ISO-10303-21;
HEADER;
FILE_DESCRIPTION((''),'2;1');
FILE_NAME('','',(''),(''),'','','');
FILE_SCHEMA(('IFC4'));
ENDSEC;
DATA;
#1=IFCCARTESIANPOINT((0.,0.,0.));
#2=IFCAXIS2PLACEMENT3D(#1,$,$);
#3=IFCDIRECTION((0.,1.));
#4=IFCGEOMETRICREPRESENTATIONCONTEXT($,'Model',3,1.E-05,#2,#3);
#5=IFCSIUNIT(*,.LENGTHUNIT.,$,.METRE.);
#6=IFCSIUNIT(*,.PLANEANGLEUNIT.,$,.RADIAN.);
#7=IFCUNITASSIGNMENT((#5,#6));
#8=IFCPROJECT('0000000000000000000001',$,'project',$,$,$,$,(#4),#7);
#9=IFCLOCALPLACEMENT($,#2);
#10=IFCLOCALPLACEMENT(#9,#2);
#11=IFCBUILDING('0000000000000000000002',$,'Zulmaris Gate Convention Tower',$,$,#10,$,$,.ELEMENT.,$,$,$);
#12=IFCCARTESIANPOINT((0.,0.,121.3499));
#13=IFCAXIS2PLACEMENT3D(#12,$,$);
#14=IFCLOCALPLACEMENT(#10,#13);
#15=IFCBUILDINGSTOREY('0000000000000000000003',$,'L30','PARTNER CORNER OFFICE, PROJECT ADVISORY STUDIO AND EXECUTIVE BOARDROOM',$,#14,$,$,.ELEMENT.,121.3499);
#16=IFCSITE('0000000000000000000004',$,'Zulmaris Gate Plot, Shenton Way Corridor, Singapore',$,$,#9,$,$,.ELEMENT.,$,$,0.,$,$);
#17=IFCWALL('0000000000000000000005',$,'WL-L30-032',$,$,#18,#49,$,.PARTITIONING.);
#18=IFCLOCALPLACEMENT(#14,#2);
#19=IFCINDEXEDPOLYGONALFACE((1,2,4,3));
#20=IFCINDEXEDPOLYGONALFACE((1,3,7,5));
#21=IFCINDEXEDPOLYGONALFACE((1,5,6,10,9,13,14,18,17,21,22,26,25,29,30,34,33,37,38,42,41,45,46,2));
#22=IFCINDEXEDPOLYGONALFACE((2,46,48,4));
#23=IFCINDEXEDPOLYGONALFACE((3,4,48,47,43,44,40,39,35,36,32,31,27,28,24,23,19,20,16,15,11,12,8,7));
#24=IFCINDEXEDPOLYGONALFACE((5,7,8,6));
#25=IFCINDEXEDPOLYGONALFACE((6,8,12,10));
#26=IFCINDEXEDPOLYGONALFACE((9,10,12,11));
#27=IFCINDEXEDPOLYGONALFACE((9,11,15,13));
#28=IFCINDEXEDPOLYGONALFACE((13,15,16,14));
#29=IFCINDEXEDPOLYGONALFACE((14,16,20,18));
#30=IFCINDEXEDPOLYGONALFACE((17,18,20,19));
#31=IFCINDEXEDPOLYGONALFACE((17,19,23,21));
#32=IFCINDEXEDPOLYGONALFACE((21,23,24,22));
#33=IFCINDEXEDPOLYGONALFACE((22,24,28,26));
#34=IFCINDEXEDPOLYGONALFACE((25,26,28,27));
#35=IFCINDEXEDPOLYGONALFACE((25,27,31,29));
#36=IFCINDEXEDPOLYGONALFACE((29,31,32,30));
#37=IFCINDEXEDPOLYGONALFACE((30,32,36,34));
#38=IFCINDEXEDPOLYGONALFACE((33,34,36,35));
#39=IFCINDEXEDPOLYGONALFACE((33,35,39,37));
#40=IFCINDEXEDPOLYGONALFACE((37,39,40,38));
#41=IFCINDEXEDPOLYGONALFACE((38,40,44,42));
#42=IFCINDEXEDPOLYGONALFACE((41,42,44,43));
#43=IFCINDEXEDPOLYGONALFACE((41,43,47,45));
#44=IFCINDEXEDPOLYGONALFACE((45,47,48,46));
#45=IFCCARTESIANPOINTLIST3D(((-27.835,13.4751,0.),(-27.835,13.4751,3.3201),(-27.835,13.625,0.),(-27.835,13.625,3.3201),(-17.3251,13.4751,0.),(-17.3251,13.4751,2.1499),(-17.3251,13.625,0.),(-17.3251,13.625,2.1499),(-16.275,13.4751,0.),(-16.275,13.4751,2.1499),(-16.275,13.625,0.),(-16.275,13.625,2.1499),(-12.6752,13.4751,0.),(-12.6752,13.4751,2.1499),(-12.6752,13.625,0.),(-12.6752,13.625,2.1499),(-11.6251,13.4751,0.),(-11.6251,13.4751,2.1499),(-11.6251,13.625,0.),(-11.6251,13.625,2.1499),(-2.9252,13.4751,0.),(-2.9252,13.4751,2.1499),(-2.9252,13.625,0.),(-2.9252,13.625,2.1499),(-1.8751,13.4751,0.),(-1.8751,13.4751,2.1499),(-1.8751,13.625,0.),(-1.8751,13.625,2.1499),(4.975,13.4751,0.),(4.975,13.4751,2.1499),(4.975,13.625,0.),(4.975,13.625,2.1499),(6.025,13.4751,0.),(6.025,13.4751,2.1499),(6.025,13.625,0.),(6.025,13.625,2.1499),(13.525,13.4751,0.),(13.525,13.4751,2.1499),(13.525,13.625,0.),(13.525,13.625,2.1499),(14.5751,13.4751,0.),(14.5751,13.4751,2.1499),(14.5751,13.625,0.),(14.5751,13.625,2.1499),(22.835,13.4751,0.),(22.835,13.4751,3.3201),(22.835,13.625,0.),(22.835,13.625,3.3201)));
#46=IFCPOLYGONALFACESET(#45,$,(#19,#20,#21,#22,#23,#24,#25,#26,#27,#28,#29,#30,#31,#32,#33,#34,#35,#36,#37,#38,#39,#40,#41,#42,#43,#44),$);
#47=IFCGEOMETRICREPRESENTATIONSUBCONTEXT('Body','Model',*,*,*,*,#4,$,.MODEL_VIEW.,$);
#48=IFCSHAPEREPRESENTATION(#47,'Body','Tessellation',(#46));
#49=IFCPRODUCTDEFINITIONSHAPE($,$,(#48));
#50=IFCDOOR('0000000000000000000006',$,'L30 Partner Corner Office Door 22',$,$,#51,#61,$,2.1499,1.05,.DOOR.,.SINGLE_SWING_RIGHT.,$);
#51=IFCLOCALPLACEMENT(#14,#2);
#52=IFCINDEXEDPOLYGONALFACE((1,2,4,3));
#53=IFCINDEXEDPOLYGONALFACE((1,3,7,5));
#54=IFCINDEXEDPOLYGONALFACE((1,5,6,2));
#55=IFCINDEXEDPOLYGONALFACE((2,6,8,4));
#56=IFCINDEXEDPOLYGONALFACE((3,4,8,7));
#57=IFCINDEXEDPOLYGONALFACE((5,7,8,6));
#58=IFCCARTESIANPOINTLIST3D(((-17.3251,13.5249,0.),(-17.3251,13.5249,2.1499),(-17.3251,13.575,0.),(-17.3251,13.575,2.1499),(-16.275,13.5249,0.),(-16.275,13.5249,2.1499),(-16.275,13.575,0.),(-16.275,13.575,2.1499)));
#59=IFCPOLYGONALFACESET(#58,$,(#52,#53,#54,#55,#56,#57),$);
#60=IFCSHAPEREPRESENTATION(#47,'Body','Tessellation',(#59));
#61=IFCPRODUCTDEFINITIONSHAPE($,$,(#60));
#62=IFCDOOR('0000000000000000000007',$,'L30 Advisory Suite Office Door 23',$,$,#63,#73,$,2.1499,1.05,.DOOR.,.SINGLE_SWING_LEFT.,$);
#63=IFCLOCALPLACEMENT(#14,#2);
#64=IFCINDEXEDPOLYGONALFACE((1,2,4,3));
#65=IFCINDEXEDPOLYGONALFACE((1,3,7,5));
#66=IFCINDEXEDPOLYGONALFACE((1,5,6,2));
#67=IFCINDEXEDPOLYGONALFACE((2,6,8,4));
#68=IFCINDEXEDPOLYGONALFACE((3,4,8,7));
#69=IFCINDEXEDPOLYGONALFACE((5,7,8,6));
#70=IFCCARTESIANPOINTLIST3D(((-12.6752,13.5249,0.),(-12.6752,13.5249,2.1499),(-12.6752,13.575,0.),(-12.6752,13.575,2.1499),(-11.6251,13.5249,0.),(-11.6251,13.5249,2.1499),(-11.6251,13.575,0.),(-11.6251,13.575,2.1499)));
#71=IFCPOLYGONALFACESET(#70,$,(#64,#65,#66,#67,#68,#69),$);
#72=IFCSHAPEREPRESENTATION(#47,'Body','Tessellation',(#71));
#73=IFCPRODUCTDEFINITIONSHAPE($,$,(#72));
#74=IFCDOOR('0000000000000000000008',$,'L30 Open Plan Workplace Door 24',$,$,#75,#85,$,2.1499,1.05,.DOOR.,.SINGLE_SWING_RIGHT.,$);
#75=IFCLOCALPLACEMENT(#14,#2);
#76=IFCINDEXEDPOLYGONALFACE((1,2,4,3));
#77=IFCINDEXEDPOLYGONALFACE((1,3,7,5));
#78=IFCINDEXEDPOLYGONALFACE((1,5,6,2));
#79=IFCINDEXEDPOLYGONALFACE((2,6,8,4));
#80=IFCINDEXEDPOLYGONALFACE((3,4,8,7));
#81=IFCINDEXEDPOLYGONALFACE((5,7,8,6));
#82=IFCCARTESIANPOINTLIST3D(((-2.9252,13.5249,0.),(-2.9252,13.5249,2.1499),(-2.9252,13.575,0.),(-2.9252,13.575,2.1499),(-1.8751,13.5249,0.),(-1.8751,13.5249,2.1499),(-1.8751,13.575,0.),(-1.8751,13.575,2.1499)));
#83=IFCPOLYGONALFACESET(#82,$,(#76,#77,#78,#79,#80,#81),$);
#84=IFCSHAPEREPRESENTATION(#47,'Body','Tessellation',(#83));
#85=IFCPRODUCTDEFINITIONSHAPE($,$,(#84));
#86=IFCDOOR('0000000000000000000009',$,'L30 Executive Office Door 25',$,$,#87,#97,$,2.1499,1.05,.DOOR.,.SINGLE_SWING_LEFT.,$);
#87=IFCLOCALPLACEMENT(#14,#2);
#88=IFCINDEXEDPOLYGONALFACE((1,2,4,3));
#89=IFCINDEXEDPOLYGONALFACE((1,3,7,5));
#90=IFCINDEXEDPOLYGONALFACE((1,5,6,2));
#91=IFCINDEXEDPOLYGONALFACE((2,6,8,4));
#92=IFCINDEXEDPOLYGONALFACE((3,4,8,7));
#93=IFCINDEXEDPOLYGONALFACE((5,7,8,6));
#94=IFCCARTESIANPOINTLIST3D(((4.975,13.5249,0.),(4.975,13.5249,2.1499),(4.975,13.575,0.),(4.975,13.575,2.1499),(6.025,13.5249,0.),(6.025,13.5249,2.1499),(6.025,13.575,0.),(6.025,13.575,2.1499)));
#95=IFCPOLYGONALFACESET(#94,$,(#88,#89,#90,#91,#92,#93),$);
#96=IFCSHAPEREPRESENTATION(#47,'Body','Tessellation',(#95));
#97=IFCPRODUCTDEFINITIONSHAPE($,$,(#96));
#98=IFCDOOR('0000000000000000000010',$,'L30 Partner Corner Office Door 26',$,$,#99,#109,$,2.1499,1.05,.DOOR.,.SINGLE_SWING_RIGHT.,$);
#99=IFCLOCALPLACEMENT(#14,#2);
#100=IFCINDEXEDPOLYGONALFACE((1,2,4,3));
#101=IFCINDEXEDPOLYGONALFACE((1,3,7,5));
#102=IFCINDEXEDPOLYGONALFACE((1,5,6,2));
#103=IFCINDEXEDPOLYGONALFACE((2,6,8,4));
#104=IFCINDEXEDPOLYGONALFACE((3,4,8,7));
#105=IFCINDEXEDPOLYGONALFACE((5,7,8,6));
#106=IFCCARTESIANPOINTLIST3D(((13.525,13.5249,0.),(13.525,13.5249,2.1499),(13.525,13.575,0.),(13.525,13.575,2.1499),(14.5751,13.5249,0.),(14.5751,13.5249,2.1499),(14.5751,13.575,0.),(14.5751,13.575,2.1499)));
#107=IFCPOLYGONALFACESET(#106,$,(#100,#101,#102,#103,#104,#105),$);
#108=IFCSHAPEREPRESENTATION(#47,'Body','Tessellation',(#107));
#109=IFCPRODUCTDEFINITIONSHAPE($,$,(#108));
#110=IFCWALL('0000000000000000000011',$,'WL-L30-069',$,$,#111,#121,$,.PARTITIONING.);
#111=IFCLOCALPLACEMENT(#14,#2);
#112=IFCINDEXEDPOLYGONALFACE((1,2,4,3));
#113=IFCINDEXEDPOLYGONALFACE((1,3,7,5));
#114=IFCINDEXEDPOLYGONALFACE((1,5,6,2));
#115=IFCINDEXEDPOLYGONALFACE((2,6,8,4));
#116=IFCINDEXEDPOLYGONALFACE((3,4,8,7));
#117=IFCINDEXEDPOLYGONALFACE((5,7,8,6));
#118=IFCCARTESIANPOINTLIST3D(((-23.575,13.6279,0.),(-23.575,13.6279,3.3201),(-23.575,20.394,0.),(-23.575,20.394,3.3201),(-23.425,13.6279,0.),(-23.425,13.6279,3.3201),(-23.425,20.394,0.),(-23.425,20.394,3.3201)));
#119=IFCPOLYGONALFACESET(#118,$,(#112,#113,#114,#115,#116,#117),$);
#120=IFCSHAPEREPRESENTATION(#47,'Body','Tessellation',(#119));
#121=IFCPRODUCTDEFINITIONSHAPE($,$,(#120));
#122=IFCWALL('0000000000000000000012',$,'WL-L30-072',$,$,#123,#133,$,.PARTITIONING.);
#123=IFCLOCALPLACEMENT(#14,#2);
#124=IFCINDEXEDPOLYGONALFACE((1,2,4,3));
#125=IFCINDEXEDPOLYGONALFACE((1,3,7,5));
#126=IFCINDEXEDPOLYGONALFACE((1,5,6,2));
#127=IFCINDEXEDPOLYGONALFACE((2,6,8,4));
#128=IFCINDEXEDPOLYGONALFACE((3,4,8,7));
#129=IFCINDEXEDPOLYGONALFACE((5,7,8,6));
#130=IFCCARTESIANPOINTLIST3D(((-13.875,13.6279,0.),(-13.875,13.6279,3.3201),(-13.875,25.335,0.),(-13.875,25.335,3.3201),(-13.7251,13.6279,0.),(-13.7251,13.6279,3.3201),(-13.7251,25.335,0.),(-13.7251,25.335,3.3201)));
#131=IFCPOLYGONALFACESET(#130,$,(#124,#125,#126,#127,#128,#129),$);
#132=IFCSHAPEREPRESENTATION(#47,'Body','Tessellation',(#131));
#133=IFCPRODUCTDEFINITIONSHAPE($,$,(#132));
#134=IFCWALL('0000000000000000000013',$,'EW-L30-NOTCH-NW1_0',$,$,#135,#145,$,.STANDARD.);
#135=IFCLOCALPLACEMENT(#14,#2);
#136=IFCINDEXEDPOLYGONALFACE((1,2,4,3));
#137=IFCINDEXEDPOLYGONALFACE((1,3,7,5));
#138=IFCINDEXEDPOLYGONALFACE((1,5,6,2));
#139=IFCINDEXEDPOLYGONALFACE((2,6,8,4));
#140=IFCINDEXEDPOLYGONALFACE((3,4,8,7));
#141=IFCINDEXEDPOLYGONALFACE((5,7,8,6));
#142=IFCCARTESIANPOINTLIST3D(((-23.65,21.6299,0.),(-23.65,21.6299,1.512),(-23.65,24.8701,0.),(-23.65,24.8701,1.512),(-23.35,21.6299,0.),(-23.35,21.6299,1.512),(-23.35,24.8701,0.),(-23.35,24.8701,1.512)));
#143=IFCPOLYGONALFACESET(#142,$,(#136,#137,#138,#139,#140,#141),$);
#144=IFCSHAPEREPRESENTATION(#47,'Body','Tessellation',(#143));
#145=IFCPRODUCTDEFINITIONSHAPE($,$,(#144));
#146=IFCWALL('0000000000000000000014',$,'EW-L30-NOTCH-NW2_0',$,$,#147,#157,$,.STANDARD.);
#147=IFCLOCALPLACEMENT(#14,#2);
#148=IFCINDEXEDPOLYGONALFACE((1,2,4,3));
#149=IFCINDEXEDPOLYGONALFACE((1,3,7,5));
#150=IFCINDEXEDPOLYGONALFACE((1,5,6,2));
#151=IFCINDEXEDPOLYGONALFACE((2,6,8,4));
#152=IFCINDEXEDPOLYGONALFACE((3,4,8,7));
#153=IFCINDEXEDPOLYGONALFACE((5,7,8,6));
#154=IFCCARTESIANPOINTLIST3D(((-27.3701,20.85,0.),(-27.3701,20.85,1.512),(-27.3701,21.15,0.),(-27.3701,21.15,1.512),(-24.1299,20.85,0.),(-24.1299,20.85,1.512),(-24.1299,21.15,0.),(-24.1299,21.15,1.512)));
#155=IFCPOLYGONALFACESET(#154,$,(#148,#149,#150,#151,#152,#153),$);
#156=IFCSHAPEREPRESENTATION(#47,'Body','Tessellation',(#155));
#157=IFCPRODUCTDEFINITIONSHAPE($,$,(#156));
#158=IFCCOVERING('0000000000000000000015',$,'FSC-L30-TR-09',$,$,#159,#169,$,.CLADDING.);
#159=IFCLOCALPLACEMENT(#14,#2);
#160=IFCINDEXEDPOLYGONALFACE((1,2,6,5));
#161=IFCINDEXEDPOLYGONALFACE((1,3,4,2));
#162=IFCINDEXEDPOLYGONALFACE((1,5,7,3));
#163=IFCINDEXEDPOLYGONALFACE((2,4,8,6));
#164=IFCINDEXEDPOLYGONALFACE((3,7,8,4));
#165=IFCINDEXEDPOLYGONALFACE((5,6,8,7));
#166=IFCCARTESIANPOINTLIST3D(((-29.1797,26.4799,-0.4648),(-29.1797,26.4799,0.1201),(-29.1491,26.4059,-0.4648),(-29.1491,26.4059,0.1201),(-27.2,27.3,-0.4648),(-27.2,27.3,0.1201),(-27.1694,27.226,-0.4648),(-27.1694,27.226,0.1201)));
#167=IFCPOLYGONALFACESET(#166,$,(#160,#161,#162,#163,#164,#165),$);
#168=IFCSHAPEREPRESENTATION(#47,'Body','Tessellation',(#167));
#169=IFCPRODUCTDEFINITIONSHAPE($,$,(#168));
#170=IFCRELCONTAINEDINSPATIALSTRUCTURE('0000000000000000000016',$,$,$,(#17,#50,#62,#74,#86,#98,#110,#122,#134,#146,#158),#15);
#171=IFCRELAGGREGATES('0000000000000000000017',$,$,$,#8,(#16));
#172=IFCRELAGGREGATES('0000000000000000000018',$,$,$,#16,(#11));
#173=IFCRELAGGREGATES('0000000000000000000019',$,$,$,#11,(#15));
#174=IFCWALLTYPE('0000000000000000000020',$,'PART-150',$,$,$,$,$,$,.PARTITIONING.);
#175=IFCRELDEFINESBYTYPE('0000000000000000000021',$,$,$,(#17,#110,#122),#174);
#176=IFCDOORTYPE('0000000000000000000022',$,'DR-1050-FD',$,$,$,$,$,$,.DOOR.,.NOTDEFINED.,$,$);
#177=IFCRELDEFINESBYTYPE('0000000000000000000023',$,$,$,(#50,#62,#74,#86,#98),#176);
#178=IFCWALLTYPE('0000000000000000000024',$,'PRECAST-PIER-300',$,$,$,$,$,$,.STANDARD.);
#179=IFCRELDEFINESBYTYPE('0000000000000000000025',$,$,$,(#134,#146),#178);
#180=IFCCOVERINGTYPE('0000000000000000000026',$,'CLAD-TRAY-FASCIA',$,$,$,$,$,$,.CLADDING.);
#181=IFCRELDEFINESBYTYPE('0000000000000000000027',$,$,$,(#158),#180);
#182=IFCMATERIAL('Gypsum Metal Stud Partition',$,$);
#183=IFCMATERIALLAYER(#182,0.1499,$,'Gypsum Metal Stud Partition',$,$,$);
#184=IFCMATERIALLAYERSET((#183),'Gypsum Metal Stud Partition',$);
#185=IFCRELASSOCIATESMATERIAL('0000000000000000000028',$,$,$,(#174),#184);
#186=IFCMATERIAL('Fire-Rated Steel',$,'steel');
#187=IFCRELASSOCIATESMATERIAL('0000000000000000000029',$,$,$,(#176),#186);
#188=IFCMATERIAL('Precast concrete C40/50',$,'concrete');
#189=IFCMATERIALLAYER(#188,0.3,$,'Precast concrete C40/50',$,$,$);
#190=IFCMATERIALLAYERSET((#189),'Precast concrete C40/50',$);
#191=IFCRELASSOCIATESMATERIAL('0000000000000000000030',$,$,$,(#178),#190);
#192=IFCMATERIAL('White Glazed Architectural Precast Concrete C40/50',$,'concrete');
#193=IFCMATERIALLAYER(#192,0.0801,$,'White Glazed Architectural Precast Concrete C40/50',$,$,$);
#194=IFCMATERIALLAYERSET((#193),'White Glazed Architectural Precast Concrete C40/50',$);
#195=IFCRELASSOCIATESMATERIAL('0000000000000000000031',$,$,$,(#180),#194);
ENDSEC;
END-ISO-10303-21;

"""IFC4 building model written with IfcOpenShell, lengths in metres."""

from ifc_helpers import new_model, si_unit, direction, frame, frame_2d, origin, place, context, subcontext, project, spatial, rectangle, extrude, material, layer, layer_set, type_object, element, fill, save


model = new_model("IFC4")

# Units and contexts
model_context = context("Model", 3, precision=1e-05, world=origin(), true_north=direction((0.0, 1.0)))
body_context = subcontext(model_context, "Body", "Model", "MODEL_VIEW")
ifc_project = project(units=[si_unit("LENGTHUNIT", "METRE"), si_unit("PLANEANGLEUNIT", "RADIAN")], contexts=[model_context])

# Site, building, storey
site_placement = place(None, origin())
site = spatial("IfcSite", under=ifc_project, at=site_placement, Name="Zulmaris Gate Plot, Shenton Way Corridor, Singapore", CompositionType="ELEMENT", RefElevation=0.0)
building_placement = place(site_placement, origin())
building = spatial("IfcBuilding", under=site, at=building_placement, Name="Zulmaris Gate Convention Tower", CompositionType="ELEMENT")
storey_placement = place(building_placement, frame((0.0, 0.0, 121.3499)))
storey = spatial("IfcBuildingStorey", under=building, at=storey_placement, Name="L30", Description="PARTNER CORNER OFFICE, PROJECT ADVISORY STUDIO AND EXECUTIVE BOARDROOM", CompositionType="ELEMENT", Elevation=121.3499)

# Wall, openings, doors
ifc_material_1 = material(Name="Gypsum Metal Stud Partition")
ifc_layer_1 = layer(ifc_material_1, 0.1499, Name="Gypsum Metal Stud Partition")
ifc_layer_set_1 = layer_set([ifc_layer_1], Name="Gypsum Metal Stud Partition")
wall_type_1 = type_object("IfcWallType", Name="PART-150", PredefinedType="PARTITIONING", material=ifc_layer_set_1)
wall_1_placement = place(storey_placement, frame((-27.835, 13.55, 0.0), z_axis=(0.0, 0.0, 1.0), x_axis=(1.0, 0.0, 0.0)))
wall_1 = element("IfcWall", 1, at=wall_1_placement, inside=storey, type_object=wall_type_1, Name="WL-L30-032", PredefinedType="PARTITIONING", context=body_context, shape_type="SweptSolid", body=[
    extrude(rectangle(XDim=50.6699, YDim=0.1499, at=frame_2d((25.335, 0.0))), origin(), (0.0, 0.0, 1.0), 3.3201),
])
opening_1_placement = place(wall_1_placement, frame((10.51, 0.0, 0.0)))
opening_1 = element("IfcOpeningElement", 2, at=opening_1_placement, cuts=wall_1, PredefinedType="OPENING", context=body_context, shape_type="SweptSolid", body=[
    extrude(rectangle(XDim=1.05, YDim=2.1499, at=frame_2d((0.5249, 1.075))), frame((0.0, 0.085, 0.0), z_axis=(0.0, -1.0, 0.0), x_axis=(1.0, 0.0, 0.0)), (0.0, 0.0, 1.0), 0.1699),
])
opening_2_placement = place(wall_1_placement, frame((15.1599, 0.0, 0.0)))
opening_2 = element("IfcOpeningElement", 3, at=opening_2_placement, cuts=wall_1, PredefinedType="OPENING", context=body_context, shape_type="SweptSolid", body=[
    extrude(rectangle(XDim=1.05, YDim=2.1499, at=frame_2d((0.5249, 1.075))), frame((0.0, 0.085, 0.0), z_axis=(0.0, -1.0, 0.0), x_axis=(1.0, 0.0, 0.0)), (0.0, 0.0, 1.0), 0.1699),
])
opening_3_placement = place(wall_1_placement, frame((24.9099, 0.0, 0.0)))
opening_3 = element("IfcOpeningElement", 4, at=opening_3_placement, cuts=wall_1, PredefinedType="OPENING", context=body_context, shape_type="SweptSolid", body=[
    extrude(rectangle(XDim=1.05, YDim=2.1499, at=frame_2d((0.5249, 1.075))), frame((0.0, 0.085, 0.0), z_axis=(0.0, -1.0, 0.0), x_axis=(1.0, 0.0, 0.0)), (0.0, 0.0, 1.0), 0.1699),
])
opening_4_placement = place(wall_1_placement, frame((32.8101, 0.0, 0.0)))
opening_4 = element("IfcOpeningElement", 5, at=opening_4_placement, cuts=wall_1, PredefinedType="OPENING", context=body_context, shape_type="SweptSolid", body=[
    extrude(rectangle(XDim=1.05, YDim=2.1499, at=frame_2d((0.5249, 1.075))), frame((0.0, 0.085, 0.0), z_axis=(0.0, -1.0, 0.0), x_axis=(1.0, 0.0, 0.0)), (0.0, 0.0, 1.0), 0.1699),
])
opening_5_placement = place(wall_1_placement, frame((41.3601, 0.0, 0.0)))
opening_5 = element("IfcOpeningElement", 6, at=opening_5_placement, cuts=wall_1, PredefinedType="OPENING", context=body_context, shape_type="SweptSolid", body=[
    extrude(rectangle(XDim=1.05, YDim=2.1499, at=frame_2d((0.5249, 1.075))), frame((0.0, 0.085, 0.0), z_axis=(0.0, -1.0, 0.0), x_axis=(1.0, 0.0, 0.0)), (0.0, 0.0, 1.0), 0.1699),
])
ifc_material_2 = material(Name="Fire-Rated Steel", Category="steel")
door_type_1 = type_object("IfcDoorType", Name="DR-1050-FD", OperationType="NOTDEFINED", PredefinedType="DOOR", material=ifc_material_2)
door_1_placement = place(opening_1_placement, origin())
door_1 = element("IfcDoor", 7, at=door_1_placement, inside=storey, type_object=door_type_1, Name="L30 Partner Corner Office Door 22", OperationType="SINGLE_SWING_RIGHT", OverallHeight=2.1499, OverallWidth=1.05, PredefinedType="DOOR", context=body_context, shape_type="SweptSolid", body=[
    extrude(rectangle(XDim=1.05, YDim=2.1499, at=frame_2d((0.5249, 1.075))), frame((0.0, 0.0249, 0.0), z_axis=(0.0, -1.0, 0.0), x_axis=(1.0, 0.0, 0.0)), (0.0, 0.0, 1.0), 0.05),
])
fill(opening_1, door_1)
door_2_placement = place(opening_2_placement, origin())
door_2 = element("IfcDoor", 8, at=door_2_placement, inside=storey, type_object=door_type_1, Name="L30 Advisory Suite Office Door 23", OperationType="SINGLE_SWING_LEFT", OverallHeight=2.1499, OverallWidth=1.05, PredefinedType="DOOR", context=body_context, shape_type="SweptSolid", body=[
    extrude(rectangle(XDim=1.05, YDim=2.1499, at=frame_2d((0.5249, 1.075))), frame((0.0, 0.0249, 0.0), z_axis=(0.0, -1.0, 0.0), x_axis=(1.0, 0.0, 0.0)), (0.0, 0.0, 1.0), 0.05),
])
fill(opening_2, door_2)
door_3_placement = place(opening_3_placement, origin())
door_3 = element("IfcDoor", 9, at=door_3_placement, inside=storey, type_object=door_type_1, Name="L30 Open Plan Workplace Door 24", OperationType="SINGLE_SWING_RIGHT", OverallHeight=2.1499, OverallWidth=1.05, PredefinedType="DOOR", context=body_context, shape_type="SweptSolid", body=[
    extrude(rectangle(XDim=1.05, YDim=2.1499, at=frame_2d((0.5249, 1.075))), frame((0.0, 0.0249, 0.0), z_axis=(0.0, -1.0, 0.0), x_axis=(1.0, 0.0, 0.0)), (0.0, 0.0, 1.0), 0.05),
])
fill(opening_3, door_3)
door_4_placement = place(opening_4_placement, origin())
door_4 = element("IfcDoor", 10, at=door_4_placement, inside=storey, type_object=door_type_1, Name="L30 Executive Office Door 25", OperationType="SINGLE_SWING_LEFT", OverallHeight=2.1499, OverallWidth=1.05, PredefinedType="DOOR", context=body_context, shape_type="SweptSolid", body=[
    extrude(rectangle(XDim=1.05, YDim=2.1499, at=frame_2d((0.5249, 1.075))), frame((0.0, 0.0249, 0.0), z_axis=(0.0, -1.0, 0.0), x_axis=(1.0, 0.0, 0.0)), (0.0, 0.0, 1.0), 0.05),
])
fill(opening_4, door_4)
door_5_placement = place(opening_5_placement, origin())
door_5 = element("IfcDoor", 11, at=door_5_placement, inside=storey, type_object=door_type_1, Name="L30 Partner Corner Office Door 26", OperationType="SINGLE_SWING_RIGHT", OverallHeight=2.1499, OverallWidth=1.05, PredefinedType="DOOR", context=body_context, shape_type="SweptSolid", body=[
    extrude(rectangle(XDim=1.05, YDim=2.1499, at=frame_2d((0.5249, 1.075))), frame((0.0, 0.0249, 0.0), z_axis=(0.0, -1.0, 0.0), x_axis=(1.0, 0.0, 0.0)), (0.0, 0.0, 1.0), 0.05),
])
fill(opening_5, door_5)

# Wall
wall_2_placement = place(storey_placement, frame((-23.5, 13.6279, 0.0), z_axis=(0.0, 0.0, 1.0), x_axis=(0.0, 1.0, 0.0)))
element("IfcWall", 12, at=wall_2_placement, inside=storey, type_object=wall_type_1, Name="WL-L30-069", PredefinedType="PARTITIONING", context=body_context, shape_type="SweptSolid", body=[
    extrude(rectangle(XDim=6.7661, YDim=0.1499, at=frame_2d((3.3831, 0.0))), origin(), (0.0, 0.0, 1.0), 3.3201),
])

# Walls
wall_3_placement = place(storey_placement, frame((-13.8, 13.6279, 0.0), z_axis=(0.0, 0.0, 1.0), x_axis=(0.0, 1.0, 0.0)))
element("IfcWall", 13, at=wall_3_placement, inside=storey, type_object=wall_type_1, Name="WL-L30-072", PredefinedType="PARTITIONING", context=body_context, shape_type="SweptSolid", body=[
    extrude(rectangle(XDim=11.707, YDim=0.1499, at=frame_2d((5.8535, 0.0))), origin(), (0.0, 0.0, 1.0), 3.3201),
])
ifc_material_3 = material(Name="Precast concrete C40/50", Category="concrete")
ifc_layer_2 = layer(ifc_material_3, 0.3, Name="Precast concrete C40/50")
ifc_layer_set_2 = layer_set([ifc_layer_2], Name="Precast concrete C40/50")
wall_type_2 = type_object("IfcWallType", Name="PRECAST-PIER-300", PredefinedType="STANDARD", material=ifc_layer_set_2)
for number, where, z_axis, x_axis, name in (
    (14, (-23.5, 24.8701, 0.0), (0.0, 0.0, 1.0), (0.0, -1.0, 0.0), "EW-L30-NOTCH-NW1_0"),
    (15, (-24.1299, 21.0, 0.0), (0.0, 0.0, 1.0), (-1.0, 0.0, 0.0), "EW-L30-NOTCH-NW2_0"),
):
    element("IfcWall", number, at=place(storey_placement, frame(where, z_axis=z_axis, x_axis=x_axis)), inside=storey, type_object=wall_type_2, Name=name, PredefinedType="STANDARD", context=body_context, shape_type="SweptSolid", body=[
        extrude(rectangle(XDim=3.2402, YDim=0.3, at=frame_2d((1.6201, 0.0))), origin(), (0.0, 0.0, 1.0), 1.512),
    ])

# Covering
ifc_material_4 = material(Name="White Glazed Architectural Precast Concrete C40/50", Category="concrete")
ifc_layer_3 = layer(ifc_material_4, 0.0801, Name="White Glazed Architectural Precast Concrete C40/50")
ifc_layer_set_3 = layer_set([ifc_layer_3], Name="White Glazed Architectural Precast Concrete C40/50")
covering_type = type_object("IfcCoveringType", Name="CLAD-TRAY-FASCIA", PredefinedType="CLADDING", material=ifc_layer_set_3)
covering_1_placement = place(storey_placement, frame((-27.1848, 27.2629, -0.4648), z_axis=(0.0, 0.0, 1.0), x_axis=(-0.923874, -0.382697, 0.0)))
element("IfcCovering", 16, at=covering_1_placement, inside=storey, type_object=covering_type, Name="FSC-L30-TR-09", PredefinedType="CLADDING", context=body_context, shape_type="SweptSolid", body=[
    extrude(rectangle(XDim=2.1428, YDim=0.0801, at=frame_2d((1.0713, 0.0))), origin(), (0.0, 0.0, 1.0), 0.585),
])

save(model, "model.ifc")
